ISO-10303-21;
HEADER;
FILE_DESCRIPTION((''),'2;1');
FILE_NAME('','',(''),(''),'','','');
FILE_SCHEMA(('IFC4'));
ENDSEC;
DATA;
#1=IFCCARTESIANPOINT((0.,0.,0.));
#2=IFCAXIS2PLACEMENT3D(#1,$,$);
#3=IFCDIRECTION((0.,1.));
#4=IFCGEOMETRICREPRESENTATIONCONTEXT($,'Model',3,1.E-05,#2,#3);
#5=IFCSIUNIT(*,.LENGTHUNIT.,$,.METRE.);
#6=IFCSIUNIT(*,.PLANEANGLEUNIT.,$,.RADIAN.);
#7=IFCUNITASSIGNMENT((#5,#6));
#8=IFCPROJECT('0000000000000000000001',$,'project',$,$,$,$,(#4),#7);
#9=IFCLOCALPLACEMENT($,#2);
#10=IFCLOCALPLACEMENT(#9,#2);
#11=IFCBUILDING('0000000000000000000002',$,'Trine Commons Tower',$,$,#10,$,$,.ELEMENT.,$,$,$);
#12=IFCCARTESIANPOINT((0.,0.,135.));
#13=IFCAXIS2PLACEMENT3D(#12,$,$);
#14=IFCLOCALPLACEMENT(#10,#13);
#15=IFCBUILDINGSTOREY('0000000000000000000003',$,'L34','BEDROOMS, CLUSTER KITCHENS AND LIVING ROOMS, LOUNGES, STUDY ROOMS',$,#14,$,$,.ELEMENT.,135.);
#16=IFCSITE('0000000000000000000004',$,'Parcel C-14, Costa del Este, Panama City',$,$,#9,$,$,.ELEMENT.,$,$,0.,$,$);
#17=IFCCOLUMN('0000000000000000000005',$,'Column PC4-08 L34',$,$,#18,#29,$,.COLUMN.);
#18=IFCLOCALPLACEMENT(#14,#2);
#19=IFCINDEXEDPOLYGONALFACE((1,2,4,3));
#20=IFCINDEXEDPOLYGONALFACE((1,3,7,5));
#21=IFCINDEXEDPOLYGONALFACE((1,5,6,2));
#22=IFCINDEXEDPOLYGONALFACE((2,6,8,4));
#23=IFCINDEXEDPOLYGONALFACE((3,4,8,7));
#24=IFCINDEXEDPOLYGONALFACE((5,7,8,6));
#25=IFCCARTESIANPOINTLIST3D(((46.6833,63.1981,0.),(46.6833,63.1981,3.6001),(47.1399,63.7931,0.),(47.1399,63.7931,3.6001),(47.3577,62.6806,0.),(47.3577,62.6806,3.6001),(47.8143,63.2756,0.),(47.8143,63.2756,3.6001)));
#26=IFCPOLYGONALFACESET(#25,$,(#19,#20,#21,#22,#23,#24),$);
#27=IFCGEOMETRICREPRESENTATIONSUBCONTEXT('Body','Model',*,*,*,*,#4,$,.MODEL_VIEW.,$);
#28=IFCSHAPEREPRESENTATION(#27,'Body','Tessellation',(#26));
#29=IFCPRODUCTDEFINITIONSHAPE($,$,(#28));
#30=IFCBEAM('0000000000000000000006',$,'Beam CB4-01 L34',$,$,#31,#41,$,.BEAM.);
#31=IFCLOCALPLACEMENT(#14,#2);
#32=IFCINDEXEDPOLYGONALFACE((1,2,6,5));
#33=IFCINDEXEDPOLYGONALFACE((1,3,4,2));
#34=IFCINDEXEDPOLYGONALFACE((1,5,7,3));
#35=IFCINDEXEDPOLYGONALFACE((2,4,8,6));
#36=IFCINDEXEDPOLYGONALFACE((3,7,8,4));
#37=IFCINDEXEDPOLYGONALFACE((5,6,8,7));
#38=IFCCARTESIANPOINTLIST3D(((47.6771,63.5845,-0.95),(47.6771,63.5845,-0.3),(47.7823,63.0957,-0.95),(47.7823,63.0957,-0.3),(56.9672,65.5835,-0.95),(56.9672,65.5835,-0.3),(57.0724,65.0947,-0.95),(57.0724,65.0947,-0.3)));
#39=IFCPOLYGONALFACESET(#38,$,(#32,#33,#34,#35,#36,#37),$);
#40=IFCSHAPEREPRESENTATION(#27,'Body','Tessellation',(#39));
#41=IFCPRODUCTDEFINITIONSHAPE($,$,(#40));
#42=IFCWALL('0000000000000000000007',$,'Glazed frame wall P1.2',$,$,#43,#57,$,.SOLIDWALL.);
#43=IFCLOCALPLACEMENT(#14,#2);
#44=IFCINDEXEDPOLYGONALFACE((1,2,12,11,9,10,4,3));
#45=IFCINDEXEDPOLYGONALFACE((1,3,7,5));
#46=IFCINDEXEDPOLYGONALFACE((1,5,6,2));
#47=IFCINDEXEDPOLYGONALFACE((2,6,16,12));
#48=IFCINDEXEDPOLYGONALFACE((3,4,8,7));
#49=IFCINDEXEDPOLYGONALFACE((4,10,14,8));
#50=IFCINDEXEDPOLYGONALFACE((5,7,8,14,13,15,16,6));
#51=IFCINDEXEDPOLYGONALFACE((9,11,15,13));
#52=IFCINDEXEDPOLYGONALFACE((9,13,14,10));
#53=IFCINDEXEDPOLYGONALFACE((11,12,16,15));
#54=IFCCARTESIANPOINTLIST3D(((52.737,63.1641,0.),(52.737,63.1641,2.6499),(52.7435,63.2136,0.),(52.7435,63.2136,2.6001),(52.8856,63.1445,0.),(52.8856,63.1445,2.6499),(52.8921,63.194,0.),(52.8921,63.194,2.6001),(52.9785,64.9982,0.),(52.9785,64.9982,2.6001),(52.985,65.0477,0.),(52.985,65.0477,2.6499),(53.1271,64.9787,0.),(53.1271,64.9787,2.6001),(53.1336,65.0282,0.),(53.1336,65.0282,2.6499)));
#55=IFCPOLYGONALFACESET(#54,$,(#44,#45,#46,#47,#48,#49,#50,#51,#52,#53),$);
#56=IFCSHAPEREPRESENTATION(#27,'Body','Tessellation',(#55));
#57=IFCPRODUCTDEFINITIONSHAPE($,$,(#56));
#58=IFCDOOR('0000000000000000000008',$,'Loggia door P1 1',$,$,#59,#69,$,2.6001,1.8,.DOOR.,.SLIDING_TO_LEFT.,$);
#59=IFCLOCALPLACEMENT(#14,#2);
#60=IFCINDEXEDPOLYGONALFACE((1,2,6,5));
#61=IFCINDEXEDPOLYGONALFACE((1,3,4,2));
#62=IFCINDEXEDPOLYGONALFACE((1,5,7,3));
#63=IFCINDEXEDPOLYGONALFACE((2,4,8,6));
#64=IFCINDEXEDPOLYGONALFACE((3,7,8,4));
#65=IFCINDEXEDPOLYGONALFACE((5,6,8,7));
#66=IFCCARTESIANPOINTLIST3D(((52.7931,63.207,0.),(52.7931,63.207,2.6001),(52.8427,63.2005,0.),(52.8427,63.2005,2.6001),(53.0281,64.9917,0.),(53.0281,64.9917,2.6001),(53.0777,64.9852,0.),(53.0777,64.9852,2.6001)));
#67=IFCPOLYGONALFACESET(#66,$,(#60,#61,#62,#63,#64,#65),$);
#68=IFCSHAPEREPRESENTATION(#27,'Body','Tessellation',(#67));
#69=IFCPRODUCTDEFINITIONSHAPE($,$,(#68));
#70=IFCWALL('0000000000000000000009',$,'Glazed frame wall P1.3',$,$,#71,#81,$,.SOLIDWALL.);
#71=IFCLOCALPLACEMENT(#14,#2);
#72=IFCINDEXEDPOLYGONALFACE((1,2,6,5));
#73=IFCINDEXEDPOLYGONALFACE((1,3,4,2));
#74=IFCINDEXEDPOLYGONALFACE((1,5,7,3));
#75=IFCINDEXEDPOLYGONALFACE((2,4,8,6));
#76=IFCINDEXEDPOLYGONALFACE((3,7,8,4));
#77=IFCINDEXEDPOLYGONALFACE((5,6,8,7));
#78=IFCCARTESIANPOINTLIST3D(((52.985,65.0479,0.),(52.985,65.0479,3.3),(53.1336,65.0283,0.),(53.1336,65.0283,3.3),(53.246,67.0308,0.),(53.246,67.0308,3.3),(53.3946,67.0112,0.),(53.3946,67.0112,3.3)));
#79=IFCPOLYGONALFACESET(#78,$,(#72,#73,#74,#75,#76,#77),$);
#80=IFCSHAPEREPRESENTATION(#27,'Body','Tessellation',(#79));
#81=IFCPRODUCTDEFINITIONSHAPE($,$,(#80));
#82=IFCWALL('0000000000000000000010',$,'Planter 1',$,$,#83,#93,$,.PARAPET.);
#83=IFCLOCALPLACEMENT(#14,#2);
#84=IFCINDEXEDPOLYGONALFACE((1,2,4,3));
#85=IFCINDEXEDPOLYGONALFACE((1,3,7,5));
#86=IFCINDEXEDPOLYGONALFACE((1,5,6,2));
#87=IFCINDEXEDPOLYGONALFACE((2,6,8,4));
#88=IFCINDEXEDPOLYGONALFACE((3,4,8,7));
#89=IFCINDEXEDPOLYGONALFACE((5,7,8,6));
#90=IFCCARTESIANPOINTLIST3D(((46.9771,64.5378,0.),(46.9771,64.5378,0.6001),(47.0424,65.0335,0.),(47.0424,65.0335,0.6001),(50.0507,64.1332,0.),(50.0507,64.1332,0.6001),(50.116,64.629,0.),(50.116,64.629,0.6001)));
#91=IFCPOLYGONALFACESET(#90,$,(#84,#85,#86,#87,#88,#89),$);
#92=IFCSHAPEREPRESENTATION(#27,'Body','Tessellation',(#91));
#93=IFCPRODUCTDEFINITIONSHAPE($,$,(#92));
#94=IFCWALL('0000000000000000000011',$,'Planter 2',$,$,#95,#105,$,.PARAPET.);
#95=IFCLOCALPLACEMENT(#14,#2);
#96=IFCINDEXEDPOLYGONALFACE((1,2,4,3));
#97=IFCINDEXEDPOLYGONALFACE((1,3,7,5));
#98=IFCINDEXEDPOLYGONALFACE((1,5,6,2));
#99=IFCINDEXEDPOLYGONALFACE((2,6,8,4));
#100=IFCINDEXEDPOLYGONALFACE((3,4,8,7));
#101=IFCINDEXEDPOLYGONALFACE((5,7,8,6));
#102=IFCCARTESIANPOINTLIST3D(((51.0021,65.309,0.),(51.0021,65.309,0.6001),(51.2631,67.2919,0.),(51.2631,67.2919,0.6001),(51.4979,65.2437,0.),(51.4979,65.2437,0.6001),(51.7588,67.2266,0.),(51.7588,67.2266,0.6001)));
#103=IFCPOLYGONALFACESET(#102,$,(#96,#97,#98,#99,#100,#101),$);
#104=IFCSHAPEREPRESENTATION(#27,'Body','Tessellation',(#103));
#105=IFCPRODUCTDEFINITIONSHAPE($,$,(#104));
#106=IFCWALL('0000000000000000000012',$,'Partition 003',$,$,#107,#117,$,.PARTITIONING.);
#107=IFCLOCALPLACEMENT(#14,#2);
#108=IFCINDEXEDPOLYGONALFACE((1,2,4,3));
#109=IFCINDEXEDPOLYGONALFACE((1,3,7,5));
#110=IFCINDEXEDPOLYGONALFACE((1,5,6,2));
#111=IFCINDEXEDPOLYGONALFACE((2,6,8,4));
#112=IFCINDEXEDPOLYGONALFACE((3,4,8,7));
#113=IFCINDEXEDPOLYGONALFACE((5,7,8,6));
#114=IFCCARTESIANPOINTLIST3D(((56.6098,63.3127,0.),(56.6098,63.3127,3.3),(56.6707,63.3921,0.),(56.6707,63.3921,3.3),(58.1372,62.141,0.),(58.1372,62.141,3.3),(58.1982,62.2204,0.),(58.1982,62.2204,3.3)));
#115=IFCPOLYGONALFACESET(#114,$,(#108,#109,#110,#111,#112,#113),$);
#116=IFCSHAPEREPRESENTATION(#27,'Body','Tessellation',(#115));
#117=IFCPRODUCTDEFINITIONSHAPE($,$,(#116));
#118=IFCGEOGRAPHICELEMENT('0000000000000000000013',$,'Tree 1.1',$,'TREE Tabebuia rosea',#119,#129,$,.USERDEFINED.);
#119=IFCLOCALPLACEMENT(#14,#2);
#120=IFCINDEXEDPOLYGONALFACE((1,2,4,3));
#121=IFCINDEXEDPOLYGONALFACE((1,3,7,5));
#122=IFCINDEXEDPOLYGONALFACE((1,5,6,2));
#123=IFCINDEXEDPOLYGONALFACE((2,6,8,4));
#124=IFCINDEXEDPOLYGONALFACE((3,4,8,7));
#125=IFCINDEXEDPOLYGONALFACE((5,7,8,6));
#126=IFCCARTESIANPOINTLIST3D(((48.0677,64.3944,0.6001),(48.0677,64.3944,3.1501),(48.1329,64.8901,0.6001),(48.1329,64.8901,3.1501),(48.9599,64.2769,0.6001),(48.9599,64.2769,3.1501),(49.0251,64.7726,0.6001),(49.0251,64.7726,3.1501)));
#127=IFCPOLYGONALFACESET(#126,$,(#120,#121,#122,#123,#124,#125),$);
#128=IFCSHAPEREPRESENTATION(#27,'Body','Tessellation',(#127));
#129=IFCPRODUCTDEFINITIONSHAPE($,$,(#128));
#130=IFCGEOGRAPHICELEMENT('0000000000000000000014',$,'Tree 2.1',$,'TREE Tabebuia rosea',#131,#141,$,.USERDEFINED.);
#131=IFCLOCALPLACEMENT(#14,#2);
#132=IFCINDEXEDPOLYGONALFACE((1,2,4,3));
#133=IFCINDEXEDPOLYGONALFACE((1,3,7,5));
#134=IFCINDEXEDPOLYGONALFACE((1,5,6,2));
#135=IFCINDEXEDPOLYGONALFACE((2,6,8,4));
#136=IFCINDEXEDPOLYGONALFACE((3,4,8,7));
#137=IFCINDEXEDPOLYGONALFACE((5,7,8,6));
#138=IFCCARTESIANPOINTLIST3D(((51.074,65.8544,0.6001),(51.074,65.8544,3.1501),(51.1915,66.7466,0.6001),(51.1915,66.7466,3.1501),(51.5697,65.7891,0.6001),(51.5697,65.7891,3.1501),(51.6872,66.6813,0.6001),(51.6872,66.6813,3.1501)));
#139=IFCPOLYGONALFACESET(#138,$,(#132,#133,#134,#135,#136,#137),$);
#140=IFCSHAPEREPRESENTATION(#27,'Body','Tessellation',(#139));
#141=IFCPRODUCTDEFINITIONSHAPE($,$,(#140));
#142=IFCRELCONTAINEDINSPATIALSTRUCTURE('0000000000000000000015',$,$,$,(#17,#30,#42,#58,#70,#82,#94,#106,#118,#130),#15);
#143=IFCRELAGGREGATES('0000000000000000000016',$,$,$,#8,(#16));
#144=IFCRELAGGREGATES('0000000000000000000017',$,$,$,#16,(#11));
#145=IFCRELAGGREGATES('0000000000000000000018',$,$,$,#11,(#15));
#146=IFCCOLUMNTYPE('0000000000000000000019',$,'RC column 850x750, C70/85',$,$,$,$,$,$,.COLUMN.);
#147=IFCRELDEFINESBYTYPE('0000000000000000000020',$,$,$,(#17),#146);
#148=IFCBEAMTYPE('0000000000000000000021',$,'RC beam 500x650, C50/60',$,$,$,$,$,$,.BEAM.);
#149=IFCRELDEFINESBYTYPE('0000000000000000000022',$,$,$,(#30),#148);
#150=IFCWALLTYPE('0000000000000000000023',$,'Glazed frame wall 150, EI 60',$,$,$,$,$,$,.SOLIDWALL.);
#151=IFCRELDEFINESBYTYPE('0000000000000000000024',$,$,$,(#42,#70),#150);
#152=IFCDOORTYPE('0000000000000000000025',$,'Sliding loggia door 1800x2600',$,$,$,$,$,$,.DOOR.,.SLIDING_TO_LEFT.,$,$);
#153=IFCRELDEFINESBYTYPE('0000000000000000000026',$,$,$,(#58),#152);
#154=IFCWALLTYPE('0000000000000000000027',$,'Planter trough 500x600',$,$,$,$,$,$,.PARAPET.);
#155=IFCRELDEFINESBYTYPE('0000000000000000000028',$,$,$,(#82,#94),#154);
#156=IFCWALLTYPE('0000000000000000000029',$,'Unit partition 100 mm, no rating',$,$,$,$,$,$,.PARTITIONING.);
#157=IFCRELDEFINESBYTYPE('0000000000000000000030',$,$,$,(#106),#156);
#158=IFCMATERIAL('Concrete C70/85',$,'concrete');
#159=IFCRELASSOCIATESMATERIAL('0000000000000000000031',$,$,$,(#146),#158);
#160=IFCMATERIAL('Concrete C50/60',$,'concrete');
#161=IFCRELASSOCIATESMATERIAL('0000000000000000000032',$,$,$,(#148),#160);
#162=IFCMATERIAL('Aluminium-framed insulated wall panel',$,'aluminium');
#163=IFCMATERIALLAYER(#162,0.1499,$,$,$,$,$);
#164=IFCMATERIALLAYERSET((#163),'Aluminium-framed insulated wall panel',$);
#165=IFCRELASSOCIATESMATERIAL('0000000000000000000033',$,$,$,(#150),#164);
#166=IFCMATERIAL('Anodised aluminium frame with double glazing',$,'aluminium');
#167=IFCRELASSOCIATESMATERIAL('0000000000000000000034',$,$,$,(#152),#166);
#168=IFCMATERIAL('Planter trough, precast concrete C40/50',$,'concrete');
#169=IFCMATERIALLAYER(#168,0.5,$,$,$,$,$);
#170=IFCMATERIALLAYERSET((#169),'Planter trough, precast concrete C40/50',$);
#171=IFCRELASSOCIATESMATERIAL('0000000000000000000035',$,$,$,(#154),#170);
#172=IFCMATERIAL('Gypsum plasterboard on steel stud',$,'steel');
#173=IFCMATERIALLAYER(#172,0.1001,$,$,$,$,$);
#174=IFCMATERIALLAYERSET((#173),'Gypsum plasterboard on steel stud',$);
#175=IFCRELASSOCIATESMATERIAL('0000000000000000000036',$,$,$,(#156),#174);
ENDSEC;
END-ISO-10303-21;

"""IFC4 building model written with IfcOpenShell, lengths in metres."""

from ifc_helpers import new_model, si_unit, direction, frame, frame_2d, origin, origin_2d, place, context, subcontext, project, spatial, polyline, rectangle, outline, extrude, material, layer, layer_set, material_profile, profile_set, type_object, element, fill, save


model = new_model("IFC4")

# Units and contexts
model_context = context("Model", 3, precision=1e-05, world=origin(), true_north=direction((0.0, 1.0)))
body_context = subcontext(model_context, "Body", "Model", "MODEL_VIEW")
ifc_project = project(units=[si_unit("LENGTHUNIT", "METRE"), si_unit("PLANEANGLEUNIT", "RADIAN")], contexts=[model_context])

# Site, building, storey
site_placement = place(None, origin())
site = spatial("IfcSite", under=ifc_project, at=site_placement, Name="Parcel C-14, Costa del Este, Panama City", CompositionType="ELEMENT", RefElevation=0.0)
building_placement = place(site_placement, origin())
building = spatial("IfcBuilding", under=site, at=building_placement, Name="Trine Commons Tower", CompositionType="ELEMENT")
storey_placement = place(building_placement, frame((0.0, 0.0, 135.0)))
storey = spatial("IfcBuildingStorey", under=building, at=storey_placement, Name="L34", Description="BEDROOMS, CLUSTER KITCHENS AND LIVING ROOMS, LOUNGES, STUDY ROOMS", CompositionType="ELEMENT", Elevation=135.0)

# Column
ifc_material_1 = material(Name="Concrete C70/85", Category="concrete")
ifc_material_profile_1 = material_profile(ifc_material_1, rectangle(XDim=0.8501, YDim=0.75, at=origin_2d()), Name="RC 850x750")
ifc_profile_set_1 = profile_set([ifc_material_profile_1], Name="Concrete C70/85")
column_type = type_object("IfcColumnType", Name="RC column 850x750, C70/85", PredefinedType="COLUMN", material=ifc_profile_set_1)
column_placement = place(storey_placement, frame((47.2488, 63.2368, 0.0), z_axis=(0.0, 0.0, 1.0), x_axis=(-0.793353, 0.608761, 0.0)))
element("IfcColumn", 1, at=column_placement, inside=storey, type_object=column_type, Name="Column PC4-08 L34", PredefinedType="COLUMN", context=body_context, shape_type="SweptSolid", body=[
    extrude(rectangle(XDim=0.8501, YDim=0.75, at=origin_2d()), origin(), (0.0, 0.0, 1.0), 3.6001),
])

# Beam
ifc_material_2 = material(Name="Concrete C50/60", Category="concrete")
ifc_material_profile_2 = material_profile(ifc_material_2, rectangle(XDim=0.5, YDim=0.6499, at=origin_2d()), Name="RC 500x650")
ifc_profile_set_2 = profile_set([ifc_material_profile_2], Name="Concrete C50/60")
beam_type = type_object("IfcBeamType", Name="RC beam 500x650, C50/60", PredefinedType="BEAM", material=ifc_profile_set_2)
beam_placement = place(storey_placement, frame((47.7297, 63.3401, -0.625), z_axis=(0.977623, 0.210364, 0.0), x_axis=(-0.210364, 0.977623, 0.0)))
element("IfcBeam", 2, at=beam_placement, inside=storey, type_object=beam_type, Name="Beam CB4-01 L34", PredefinedType="BEAM", context=body_context, shape_type="SweptSolid", body=[
    extrude(rectangle(XDim=0.5, YDim=0.6499, at=origin_2d()), origin(), (0.0, 0.0, 1.0), 9.5027),
])

# Shared definitions
ifc_material_3 = material(Name="Aluminium-framed insulated wall panel", Category="aluminium")
ifc_layer_1 = layer(ifc_material_3, 0.1499)
ifc_layer_set_1 = layer_set([ifc_layer_1], Name="Aluminium-framed insulated wall panel")
wall_type_1 = type_object("IfcWallType", Name="Glazed frame wall 150, EI 60", PredefinedType="SOLIDWALL", material=ifc_layer_set_1)

# Wall, opening, door
wall_1_placement = place(storey_placement, frame((52.8113, 63.1543, 0.0), z_axis=(0.0, 0.0, 1.0), x_axis=(0.130548, 0.991442, 0.0)))
wall_1 = element("IfcWall", 3, at=wall_1_placement, inside=storey, type_object=wall_type_1, Name="Glazed frame wall P1.2", PredefinedType="SOLIDWALL", context=body_context, shape_type="SweptSolid", body=[
    extrude(outline(polyline([(0.0, -0.075), (1.8999, -0.075), (1.8999, 0.075), (0.0, 0.075), (0.0, -0.075)])), origin(), (0.0, 0.0, 1.0), 2.6499),
])
opening_placement = place(wall_1_placement, frame((0.05, 0.0, 0.0)))
opening = element("IfcOpeningElement", 4, at=opening_placement, cuts=wall_1, PredefinedType="OPENING", context=body_context, shape_type="SweptSolid", body=[
    extrude(rectangle(XDim=1.8, YDim=2.6001, at=frame_2d((0.8999, 1.3))), frame((0.0, 0.085, 0.0), z_axis=(0.0, -1.0, 0.0), x_axis=(1.0, 0.0, 0.0)), (0.0, 0.0, 1.0), 0.1699),
])
ifc_material_4 = material(Name="Anodised aluminium frame with double glazing", Category="aluminium")
door_type = type_object("IfcDoorType", Name="Sliding loggia door 1800x2600", OperationType="SLIDING_TO_LEFT", PredefinedType="DOOR", material=ifc_material_4)
door_placement = place(opening_placement, origin())
door = element("IfcDoor", 5, at=door_placement, inside=storey, type_object=door_type, Name="Loggia door P1 1", OperationType="SLIDING_TO_LEFT", OverallHeight=2.6001, OverallWidth=1.8, PredefinedType="DOOR", context=body_context, shape_type="SweptSolid", body=[
    extrude(rectangle(XDim=1.8, YDim=2.6001, at=frame_2d((0.8999, 1.3))), frame((0.0, 0.0249, 0.0), z_axis=(0.0, -1.0, 0.0), x_axis=(1.0, 0.0, 0.0)), (0.0, 0.0, 1.0), 0.05),
])
fill(opening, door)

# Walls
wall_2_placement = place(storey_placement, frame((53.0593, 65.0381, 0.0), z_axis=(0.0, 0.0, 1.0), x_axis=(0.130492, 0.991449, 0.0)))
element("IfcWall", 6, at=wall_2_placement, inside=storey, type_object=wall_type_1, Name="Glazed frame wall P1.3", PredefinedType="SOLIDWALL", context=body_context, shape_type="SweptSolid", body=[
    extrude(outline(polyline([(0.0, -0.075), (2.0, -0.075), (2.0, 0.075), (0.0, 0.075), (0.0, -0.075)])), origin(), (0.0, 0.0, 1.0), 3.3),
])
ifc_material_5 = material(Name="Planter trough, precast concrete C40/50", Category="concrete")
ifc_layer_2 = layer(ifc_material_5, 0.5)
ifc_layer_set_2 = layer_set([ifc_layer_2], Name="Planter trough, precast concrete C40/50")
wall_type_2 = type_object("IfcWallType", Name="Planter trough 500x600", PredefinedType="PARAPET", material=ifc_layer_set_2)
wall_3_placement = place(storey_placement, frame((47.0098, 64.7856, 0.0), z_axis=(0.0, 0.0, 1.0), x_axis=(0.991449, -0.130497, 0.0)))
element("IfcWall", 7, at=wall_3_placement, inside=storey, type_object=wall_type_2, Name="Planter 1", PredefinedType="PARAPET", context=body_context, shape_type="SweptSolid", body=[
    extrude(rectangle(XDim=3.1001, YDim=0.5, at=frame_2d((1.55, 0.0))), origin(), (0.0, 0.0, 1.0), 0.6001),
])
wall_4_placement = place(storey_placement, frame((51.25, 65.2764, 0.0), z_axis=(0.0, 0.0, 1.0), x_axis=(0.130492, 0.991449, 0.0)))
element("IfcWall", 8, at=wall_4_placement, inside=storey, type_object=wall_type_2, Name="Planter 2", PredefinedType="PARAPET", context=body_context, shape_type="SweptSolid", body=[
    extrude(rectangle(XDim=2.0, YDim=0.5, at=frame_2d((1.0, 0.0))), origin(), (0.0, 0.0, 1.0), 0.6001),
])
ifc_material_6 = material(Name="Gypsum plasterboard on steel stud", Category="steel")
ifc_layer_3 = layer(ifc_material_6, 0.1001)
ifc_layer_set_3 = layer_set([ifc_layer_3], Name="Gypsum plasterboard on steel stud")
wall_type_3 = type_object("IfcWallType", Name="Unit partition 100 mm, no rating", PredefinedType="PARTITIONING", material=ifc_layer_set_3)
wall_5_placement = place(storey_placement, frame((56.6404, 63.3523, 0.0), z_axis=(0.0, 0.0, 1.0), x_axis=(0.793439, -0.60865, 0.0)))
element("IfcWall", 9, at=wall_5_placement, inside=storey, type_object=wall_type_3, Name="Partition 003", PredefinedType="PARTITIONING", context=body_context, shape_type="SweptSolid", body=[
    extrude(rectangle(XDim=1.925, YDim=0.1001, at=frame_2d((0.9624, 0.0))), origin(), (0.0, 0.0, 1.0), 3.3),
])

# Geographic elements
for number, where, z_axis, x_axis, name in (
    (10, (48.5464, 64.5835, 0.6001), (0.0, 0.0, 1.0), (0.991446, -0.130514, 0.0), "Tree 1.1"),
    (11, (51.3806, 66.2678, 0.6001), (0.0, 0.0, 1.0), (0.130543, 0.991443, 0.0), "Tree 2.1"),
):
    element("IfcGeographicElement", number, at=place(storey_placement, frame(where, z_axis=z_axis, x_axis=x_axis)), inside=storey, Name=name, ObjectType="TREE Tabebuia rosea", PredefinedType="USERDEFINED", context=body_context, shape_type="SweptSolid", body=[
        extrude(rectangle(XDim=0.8999, YDim=0.5, at=origin_2d()), origin(), (0.0, 0.0, 1.0), 2.55),
    ])

save(model, "model.ifc")
